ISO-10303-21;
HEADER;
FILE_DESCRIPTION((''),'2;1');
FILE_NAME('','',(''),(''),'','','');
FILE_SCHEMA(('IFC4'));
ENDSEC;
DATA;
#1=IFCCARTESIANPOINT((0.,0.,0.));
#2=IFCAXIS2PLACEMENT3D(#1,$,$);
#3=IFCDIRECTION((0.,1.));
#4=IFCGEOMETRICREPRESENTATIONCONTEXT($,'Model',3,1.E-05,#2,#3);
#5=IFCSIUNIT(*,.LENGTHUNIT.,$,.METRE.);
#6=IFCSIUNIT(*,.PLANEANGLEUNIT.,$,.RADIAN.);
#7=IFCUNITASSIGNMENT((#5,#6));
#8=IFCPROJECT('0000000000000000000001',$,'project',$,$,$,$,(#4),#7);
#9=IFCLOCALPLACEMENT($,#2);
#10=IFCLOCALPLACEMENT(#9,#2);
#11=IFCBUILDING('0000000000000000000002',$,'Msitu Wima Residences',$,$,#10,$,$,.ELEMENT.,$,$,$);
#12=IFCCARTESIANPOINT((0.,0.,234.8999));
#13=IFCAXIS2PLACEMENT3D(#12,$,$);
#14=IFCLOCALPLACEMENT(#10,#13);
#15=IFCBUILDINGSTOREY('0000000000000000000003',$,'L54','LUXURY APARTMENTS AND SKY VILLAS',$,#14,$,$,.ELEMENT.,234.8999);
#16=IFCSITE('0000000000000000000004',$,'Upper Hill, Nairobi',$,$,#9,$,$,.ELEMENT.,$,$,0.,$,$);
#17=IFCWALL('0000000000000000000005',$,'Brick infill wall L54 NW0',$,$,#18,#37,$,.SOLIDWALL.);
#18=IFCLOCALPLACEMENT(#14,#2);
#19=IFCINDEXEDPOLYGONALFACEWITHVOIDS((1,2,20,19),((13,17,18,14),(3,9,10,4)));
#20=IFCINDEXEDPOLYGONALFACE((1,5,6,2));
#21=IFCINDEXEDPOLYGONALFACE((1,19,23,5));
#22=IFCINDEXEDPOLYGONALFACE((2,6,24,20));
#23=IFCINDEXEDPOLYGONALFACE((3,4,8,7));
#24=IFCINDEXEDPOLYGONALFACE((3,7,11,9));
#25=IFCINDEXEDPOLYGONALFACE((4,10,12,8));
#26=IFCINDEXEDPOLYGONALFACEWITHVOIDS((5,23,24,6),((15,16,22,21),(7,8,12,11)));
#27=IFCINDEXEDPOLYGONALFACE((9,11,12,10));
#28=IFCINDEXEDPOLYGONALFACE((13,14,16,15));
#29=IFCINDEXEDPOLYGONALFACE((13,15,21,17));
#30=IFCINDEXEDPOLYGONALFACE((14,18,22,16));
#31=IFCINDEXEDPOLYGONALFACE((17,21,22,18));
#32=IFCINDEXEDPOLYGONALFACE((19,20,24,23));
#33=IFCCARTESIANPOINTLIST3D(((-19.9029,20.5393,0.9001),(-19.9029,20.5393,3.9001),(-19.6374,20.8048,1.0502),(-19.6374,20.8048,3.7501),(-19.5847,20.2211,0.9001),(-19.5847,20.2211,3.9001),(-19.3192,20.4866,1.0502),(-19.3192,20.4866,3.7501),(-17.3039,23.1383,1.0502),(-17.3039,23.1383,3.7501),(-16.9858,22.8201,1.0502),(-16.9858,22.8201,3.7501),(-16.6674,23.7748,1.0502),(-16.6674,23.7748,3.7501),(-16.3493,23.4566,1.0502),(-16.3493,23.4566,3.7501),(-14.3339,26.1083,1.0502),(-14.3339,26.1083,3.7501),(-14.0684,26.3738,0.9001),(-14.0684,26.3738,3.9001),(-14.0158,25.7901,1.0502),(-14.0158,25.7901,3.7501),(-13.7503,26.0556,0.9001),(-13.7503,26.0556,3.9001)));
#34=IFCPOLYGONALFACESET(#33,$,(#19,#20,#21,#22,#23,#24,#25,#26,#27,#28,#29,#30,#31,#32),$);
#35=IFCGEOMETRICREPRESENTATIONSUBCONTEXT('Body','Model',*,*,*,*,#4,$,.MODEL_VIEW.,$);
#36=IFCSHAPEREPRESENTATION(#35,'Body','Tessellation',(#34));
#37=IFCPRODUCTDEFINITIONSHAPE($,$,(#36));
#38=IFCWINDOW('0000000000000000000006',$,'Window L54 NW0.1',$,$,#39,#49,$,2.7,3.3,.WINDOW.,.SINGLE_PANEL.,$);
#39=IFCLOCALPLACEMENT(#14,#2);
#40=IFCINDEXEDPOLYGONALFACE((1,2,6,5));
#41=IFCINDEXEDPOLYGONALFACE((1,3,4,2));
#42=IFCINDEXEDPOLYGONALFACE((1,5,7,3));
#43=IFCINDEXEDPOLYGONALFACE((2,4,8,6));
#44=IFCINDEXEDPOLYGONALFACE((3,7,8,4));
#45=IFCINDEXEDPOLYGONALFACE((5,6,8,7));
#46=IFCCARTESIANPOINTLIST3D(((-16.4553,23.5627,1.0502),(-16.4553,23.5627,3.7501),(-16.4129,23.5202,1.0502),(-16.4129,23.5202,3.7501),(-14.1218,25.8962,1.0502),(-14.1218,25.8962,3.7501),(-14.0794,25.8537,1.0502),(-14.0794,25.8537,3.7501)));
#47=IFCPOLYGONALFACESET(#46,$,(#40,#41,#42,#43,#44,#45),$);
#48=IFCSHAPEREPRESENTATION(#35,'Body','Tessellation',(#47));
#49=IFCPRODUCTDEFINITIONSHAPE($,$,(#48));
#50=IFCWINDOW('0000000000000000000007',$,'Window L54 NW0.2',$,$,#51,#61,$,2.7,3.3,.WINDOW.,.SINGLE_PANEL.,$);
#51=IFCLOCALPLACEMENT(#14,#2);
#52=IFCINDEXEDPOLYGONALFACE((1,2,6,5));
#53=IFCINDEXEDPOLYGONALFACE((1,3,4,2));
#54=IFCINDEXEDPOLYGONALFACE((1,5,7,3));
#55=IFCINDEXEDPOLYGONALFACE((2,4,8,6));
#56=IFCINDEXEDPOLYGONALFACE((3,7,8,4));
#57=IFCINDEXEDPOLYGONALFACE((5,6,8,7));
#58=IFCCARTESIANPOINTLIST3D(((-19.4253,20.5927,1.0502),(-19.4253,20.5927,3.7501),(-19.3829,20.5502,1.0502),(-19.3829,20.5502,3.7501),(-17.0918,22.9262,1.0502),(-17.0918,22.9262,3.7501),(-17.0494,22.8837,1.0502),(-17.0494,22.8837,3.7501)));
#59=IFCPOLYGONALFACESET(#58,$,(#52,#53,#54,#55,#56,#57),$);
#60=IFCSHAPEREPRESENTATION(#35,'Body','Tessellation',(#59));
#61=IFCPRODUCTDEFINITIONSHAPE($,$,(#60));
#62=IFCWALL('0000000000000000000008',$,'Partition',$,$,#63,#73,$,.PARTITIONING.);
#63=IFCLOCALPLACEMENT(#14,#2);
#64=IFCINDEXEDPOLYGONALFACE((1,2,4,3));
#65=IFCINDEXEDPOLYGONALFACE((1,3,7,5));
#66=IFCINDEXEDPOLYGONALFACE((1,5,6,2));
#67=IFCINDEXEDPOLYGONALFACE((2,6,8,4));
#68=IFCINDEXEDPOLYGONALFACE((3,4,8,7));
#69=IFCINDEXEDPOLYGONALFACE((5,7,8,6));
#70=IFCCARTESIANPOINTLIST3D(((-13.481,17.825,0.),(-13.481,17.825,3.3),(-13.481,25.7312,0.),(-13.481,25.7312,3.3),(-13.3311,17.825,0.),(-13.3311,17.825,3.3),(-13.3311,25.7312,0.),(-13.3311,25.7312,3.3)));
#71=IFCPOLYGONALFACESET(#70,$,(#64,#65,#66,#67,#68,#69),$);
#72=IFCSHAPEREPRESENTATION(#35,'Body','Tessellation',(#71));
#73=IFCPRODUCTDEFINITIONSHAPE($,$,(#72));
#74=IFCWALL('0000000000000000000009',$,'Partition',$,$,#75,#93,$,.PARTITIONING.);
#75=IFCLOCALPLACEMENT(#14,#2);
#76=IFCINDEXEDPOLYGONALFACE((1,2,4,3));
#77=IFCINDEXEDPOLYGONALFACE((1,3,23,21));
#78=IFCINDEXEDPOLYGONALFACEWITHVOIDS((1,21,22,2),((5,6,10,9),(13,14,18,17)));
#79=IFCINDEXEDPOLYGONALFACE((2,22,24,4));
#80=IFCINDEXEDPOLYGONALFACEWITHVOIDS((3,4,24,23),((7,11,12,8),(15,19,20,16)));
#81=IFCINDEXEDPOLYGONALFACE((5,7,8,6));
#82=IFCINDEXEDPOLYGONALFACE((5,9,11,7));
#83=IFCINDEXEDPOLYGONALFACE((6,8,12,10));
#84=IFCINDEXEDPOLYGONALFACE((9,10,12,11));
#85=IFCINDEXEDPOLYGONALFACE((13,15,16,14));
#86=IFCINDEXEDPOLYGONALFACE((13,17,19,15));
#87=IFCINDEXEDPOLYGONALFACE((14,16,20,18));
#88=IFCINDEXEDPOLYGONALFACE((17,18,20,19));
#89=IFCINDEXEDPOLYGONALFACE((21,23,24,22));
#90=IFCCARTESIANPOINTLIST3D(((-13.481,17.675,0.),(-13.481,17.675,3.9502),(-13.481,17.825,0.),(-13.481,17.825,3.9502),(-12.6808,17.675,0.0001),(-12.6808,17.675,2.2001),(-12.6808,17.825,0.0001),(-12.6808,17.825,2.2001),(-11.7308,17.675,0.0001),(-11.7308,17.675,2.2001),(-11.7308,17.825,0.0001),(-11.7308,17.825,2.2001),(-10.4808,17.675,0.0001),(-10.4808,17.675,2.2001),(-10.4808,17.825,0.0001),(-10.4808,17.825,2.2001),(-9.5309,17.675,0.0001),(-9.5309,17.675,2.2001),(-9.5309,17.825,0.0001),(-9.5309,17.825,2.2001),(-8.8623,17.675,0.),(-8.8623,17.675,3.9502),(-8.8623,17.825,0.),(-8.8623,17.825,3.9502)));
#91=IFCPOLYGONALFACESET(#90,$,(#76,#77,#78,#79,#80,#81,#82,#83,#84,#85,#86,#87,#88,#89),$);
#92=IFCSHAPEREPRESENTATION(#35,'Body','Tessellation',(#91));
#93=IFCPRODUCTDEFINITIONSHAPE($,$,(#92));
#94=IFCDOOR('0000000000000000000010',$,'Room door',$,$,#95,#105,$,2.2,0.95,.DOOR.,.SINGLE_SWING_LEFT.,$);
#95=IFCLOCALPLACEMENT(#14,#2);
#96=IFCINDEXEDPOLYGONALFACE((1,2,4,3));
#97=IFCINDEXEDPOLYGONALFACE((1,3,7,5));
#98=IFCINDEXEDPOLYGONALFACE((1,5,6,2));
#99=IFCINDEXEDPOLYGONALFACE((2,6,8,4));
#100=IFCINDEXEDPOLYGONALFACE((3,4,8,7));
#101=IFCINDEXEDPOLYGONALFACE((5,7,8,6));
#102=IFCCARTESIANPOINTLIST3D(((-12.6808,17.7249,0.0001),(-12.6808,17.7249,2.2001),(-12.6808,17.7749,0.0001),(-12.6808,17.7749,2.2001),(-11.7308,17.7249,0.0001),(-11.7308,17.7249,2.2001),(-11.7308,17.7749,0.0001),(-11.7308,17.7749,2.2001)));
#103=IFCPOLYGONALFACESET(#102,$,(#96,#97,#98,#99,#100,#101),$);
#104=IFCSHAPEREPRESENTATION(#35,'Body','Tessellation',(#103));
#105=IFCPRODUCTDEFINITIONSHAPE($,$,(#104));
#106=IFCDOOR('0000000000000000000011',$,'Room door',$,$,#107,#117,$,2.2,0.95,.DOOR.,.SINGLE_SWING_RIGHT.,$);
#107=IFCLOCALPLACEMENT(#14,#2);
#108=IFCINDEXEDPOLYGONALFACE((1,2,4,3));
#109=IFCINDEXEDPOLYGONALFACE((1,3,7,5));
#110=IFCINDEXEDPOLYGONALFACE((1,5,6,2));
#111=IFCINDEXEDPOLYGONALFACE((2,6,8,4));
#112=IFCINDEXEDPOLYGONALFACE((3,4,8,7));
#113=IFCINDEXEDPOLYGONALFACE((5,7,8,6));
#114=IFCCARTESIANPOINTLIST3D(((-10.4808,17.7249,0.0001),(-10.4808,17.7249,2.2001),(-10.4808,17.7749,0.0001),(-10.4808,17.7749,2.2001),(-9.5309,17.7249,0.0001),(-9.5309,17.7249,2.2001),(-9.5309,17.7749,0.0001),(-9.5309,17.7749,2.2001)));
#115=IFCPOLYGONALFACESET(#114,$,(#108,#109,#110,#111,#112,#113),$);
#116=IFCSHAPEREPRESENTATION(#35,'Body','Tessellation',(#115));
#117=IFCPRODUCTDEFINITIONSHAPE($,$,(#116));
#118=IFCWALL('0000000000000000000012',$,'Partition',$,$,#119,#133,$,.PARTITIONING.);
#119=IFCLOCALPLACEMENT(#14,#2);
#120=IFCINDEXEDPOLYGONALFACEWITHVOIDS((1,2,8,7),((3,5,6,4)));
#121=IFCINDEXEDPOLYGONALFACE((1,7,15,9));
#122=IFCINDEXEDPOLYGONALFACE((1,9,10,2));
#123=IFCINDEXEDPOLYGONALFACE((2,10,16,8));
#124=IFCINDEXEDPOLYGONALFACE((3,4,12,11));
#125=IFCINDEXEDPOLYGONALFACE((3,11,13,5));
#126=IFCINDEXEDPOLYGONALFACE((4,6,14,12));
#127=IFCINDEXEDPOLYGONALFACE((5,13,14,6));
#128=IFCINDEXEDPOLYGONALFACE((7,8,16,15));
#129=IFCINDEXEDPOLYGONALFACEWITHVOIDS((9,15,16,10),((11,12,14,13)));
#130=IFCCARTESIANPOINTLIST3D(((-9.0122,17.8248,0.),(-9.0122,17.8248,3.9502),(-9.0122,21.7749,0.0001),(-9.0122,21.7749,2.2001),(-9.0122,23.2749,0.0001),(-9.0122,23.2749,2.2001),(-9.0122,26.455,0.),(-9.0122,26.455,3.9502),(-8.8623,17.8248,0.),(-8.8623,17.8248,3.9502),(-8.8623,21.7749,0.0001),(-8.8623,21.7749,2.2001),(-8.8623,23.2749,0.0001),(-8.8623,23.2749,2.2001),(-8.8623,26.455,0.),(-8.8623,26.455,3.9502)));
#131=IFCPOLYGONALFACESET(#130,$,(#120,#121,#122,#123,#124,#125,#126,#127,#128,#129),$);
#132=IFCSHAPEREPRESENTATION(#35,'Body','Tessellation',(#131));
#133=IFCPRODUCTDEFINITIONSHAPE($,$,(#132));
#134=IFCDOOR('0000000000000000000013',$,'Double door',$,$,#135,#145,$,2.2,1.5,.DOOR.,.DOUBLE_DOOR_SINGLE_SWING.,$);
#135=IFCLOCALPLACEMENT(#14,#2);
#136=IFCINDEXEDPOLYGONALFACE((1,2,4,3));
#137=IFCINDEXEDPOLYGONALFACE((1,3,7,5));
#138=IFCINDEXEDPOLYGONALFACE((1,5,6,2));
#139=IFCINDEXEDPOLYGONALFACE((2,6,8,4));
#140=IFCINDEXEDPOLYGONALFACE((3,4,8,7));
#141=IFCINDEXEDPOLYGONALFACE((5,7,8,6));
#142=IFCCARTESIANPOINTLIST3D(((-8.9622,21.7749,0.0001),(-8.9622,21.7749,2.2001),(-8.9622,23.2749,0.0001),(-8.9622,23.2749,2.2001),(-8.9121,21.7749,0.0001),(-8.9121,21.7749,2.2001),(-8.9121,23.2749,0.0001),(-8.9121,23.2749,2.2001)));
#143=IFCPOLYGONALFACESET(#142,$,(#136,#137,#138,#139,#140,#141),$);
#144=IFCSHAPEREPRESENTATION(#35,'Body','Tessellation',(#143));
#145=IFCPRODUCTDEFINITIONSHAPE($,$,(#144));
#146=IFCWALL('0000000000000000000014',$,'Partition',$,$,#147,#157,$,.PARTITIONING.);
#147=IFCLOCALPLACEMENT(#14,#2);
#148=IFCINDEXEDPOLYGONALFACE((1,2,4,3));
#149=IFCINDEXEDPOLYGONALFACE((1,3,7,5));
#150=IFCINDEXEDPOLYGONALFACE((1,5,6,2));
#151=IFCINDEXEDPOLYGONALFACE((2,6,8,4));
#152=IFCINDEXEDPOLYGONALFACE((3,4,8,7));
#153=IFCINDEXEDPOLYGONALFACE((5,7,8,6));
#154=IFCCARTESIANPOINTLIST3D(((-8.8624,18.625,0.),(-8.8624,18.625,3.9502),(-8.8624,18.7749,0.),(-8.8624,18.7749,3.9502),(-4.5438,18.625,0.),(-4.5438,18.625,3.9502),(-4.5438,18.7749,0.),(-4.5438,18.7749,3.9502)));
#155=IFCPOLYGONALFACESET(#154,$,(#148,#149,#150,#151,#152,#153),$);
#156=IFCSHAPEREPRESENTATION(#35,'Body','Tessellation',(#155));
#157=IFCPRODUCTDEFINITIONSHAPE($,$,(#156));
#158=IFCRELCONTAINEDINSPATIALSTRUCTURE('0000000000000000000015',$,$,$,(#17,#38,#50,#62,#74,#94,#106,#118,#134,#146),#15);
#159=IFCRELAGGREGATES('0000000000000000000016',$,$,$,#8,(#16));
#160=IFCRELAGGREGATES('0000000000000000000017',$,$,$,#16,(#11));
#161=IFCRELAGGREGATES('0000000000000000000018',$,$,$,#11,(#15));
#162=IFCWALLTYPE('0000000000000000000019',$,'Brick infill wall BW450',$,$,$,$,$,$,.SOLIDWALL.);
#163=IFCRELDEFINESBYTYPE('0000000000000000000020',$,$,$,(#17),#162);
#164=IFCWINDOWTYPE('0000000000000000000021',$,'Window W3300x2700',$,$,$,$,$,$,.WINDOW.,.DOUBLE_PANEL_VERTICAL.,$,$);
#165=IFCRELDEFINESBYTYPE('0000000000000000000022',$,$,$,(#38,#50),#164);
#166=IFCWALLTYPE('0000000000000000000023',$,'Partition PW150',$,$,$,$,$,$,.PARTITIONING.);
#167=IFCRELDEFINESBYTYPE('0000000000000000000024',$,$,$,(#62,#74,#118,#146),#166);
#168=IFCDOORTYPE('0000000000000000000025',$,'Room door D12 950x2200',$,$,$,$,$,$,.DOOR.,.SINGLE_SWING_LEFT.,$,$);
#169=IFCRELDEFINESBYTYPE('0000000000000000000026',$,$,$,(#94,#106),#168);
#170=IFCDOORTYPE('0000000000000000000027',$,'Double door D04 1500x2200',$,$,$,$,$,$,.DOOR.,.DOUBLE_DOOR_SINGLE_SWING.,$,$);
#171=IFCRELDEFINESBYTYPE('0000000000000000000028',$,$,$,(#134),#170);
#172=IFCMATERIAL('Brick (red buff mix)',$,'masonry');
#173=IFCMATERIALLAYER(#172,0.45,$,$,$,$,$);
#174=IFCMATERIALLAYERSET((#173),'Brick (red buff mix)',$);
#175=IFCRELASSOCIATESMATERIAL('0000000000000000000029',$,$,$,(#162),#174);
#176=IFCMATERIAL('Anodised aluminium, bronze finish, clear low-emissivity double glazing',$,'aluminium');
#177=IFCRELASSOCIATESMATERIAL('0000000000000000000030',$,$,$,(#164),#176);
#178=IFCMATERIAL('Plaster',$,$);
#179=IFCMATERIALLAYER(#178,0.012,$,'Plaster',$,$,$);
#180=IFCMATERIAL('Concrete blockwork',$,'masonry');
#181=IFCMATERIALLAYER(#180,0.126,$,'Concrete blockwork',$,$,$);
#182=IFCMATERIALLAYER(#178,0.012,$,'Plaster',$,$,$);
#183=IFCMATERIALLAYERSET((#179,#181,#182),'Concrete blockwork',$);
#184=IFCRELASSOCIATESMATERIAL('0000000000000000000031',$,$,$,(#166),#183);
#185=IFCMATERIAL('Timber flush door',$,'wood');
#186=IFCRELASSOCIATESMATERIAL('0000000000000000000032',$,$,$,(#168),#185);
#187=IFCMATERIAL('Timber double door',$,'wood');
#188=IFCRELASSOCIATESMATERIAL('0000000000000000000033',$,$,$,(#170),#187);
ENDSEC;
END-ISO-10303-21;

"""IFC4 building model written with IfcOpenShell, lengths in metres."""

from ifc_helpers import new_model, si_unit, direction, frame, frame_2d, origin, place, context, subcontext, project, spatial, rectangle, extrude, material, layer, layer_set, type_object, element, fill, save


model = new_model("IFC4")

# Units and contexts
model_context = context("Model", 3, precision=1e-05, world=origin(), true_north=direction((0.0, 1.0)))
body_context = subcontext(model_context, "Body", "Model", "MODEL_VIEW")
ifc_project = project(units=[si_unit("LENGTHUNIT", "METRE"), si_unit("PLANEANGLEUNIT", "RADIAN")], contexts=[model_context])

# Site, building, storey
site_placement = place(None, origin())
site = spatial("IfcSite", under=ifc_project, at=site_placement, Name="Upper Hill, Nairobi", CompositionType="ELEMENT", RefElevation=0.0)
building_placement = place(site_placement, origin())
building = spatial("IfcBuilding", under=site, at=building_placement, Name="Msitu Wima Residences", CompositionType="ELEMENT")
storey_placement = place(building_placement, frame((0.0, 0.0, 234.8999)))
storey = spatial("IfcBuildingStorey", under=building, at=storey_placement, Name="L54", Description="LUXURY APARTMENTS AND SKY VILLAS", CompositionType="ELEMENT", Elevation=234.8999)

# Wall, openings, windows
ifc_material_1 = material(Name="Brick (red buff mix)", Category="masonry")
ifc_layer_1 = layer(ifc_material_1, 0.45)
ifc_layer_set_1 = layer_set([ifc_layer_1], Name="Brick (red buff mix)")
wall_type_1 = type_object("IfcWallType", Name="Brick infill wall BW450", PredefinedType="SOLIDWALL", material=ifc_layer_set_1)
ifc_material_2 = material(Name="Anodised aluminium, bronze finish, clear low-emissivity double glazing", Category="aluminium")
window_type = type_object("IfcWindowType", Name="Window W3300x2700", PartitioningType="DOUBLE_PANEL_VERTICAL", PredefinedType="WINDOW", material=ifc_material_2)
wall_1_placement = place(storey_placement, frame((-13.9094, 26.2146, 0.9001), z_axis=(0.0, 0.0, 1.0), x_axis=(-0.707107, -0.707107, 0.0)))
wall_1 = element("IfcWall", 1, at=wall_1_placement, inside=storey, type_object=wall_type_1, Name="Brick infill wall L54 NW0", PredefinedType="SOLIDWALL", context=body_context, shape_type="SweptSolid", body=[
    extrude(rectangle(XDim=8.2512, YDim=0.45, at=frame_2d((4.1255, 0.0))), origin(), (0.0, 0.0, 1.0), 3.0),
])
opening_1_placement = place(wall_1_placement, frame((0.3755, 0.0, 0.1499)))
opening_1 = element("IfcOpeningElement", 2, at=opening_1_placement, cuts=wall_1, PredefinedType="OPENING", context=body_context, shape_type="SweptSolid", body=[
    extrude(rectangle(XDim=3.3, YDim=2.7, at=frame_2d((1.6499, 1.3501))), frame((0.0, 0.2349, 0.0), z_axis=(0.0, -1.0, 0.0), x_axis=(1.0, 0.0, 0.0)), (0.0, 0.0, 1.0), 0.47),
])
opening_2_placement = place(wall_1_placement, frame((4.5757, 0.0, 0.1499)))
opening_2 = element("IfcOpeningElement", 3, at=opening_2_placement, cuts=wall_1, PredefinedType="OPENING", context=body_context, shape_type="SweptSolid", body=[
    extrude(rectangle(XDim=3.3, YDim=2.7, at=frame_2d((1.6499, 1.3501))), frame((0.0, 0.2349, 0.0), z_axis=(0.0, -1.0, 0.0), x_axis=(1.0, 0.0, 0.0)), (0.0, 0.0, 1.0), 0.47),
])
window_1_placement = place(opening_1_placement, origin())
window_1 = element("IfcWindow", 4, at=window_1_placement, inside=storey, type_object=window_type, Name="Window L54 NW0.1", OverallHeight=2.7, OverallWidth=3.3, PartitioningType="SINGLE_PANEL", PredefinedType="WINDOW", context=body_context, shape_type="SweptSolid", body=[
    extrude(rectangle(XDim=3.3, YDim=2.7, at=frame_2d((1.6499, 1.3501))), frame((0.0, 0.135, 0.0), z_axis=(0.0, -1.0, 0.0), x_axis=(1.0, 0.0, 0.0)), (0.0, 0.0, 1.0), 0.0601),
])
fill(opening_1, window_1)
window_2_placement = place(opening_2_placement, origin())
window_2 = element("IfcWindow", 5, at=window_2_placement, inside=storey, type_object=window_type, Name="Window L54 NW0.2", OverallHeight=2.7, OverallWidth=3.3, PartitioningType="SINGLE_PANEL", PredefinedType="WINDOW", context=body_context, shape_type="SweptSolid", body=[
    extrude(rectangle(XDim=3.3, YDim=2.7, at=frame_2d((1.6499, 1.3501))), frame((0.0, 0.135, 0.0), z_axis=(0.0, -1.0, 0.0), x_axis=(1.0, 0.0, 0.0)), (0.0, 0.0, 1.0), 0.0601),
])
fill(opening_2, window_2)

# Shared definitions
ifc_material_3 = material(Name="Plaster")
ifc_material_4 = material(Name="Concrete blockwork", Category="masonry")

# Wall
ifc_layer_2 = layer(ifc_material_3, 0.012, Name="Plaster")
ifc_layer_3 = layer(ifc_material_4, 0.126, Name="Concrete blockwork")
ifc_layer_4 = layer(ifc_material_3, 0.012, Name="Plaster")
ifc_layer_set_2 = layer_set([ifc_layer_2, ifc_layer_3, ifc_layer_4], Name="Concrete blockwork")
wall_type_2 = type_object("IfcWallType", Name="Partition PW150", PredefinedType="PARTITIONING", material=ifc_layer_set_2)
wall_2_placement = place(storey_placement, frame((-13.406, 17.825, 0.0), z_axis=(0.0, 0.0, 1.0), x_axis=(0.0, 1.0, 0.0)))
element("IfcWall", 6, at=wall_2_placement, inside=storey, type_object=wall_type_2, Name="Partition", PredefinedType="PARTITIONING", context=body_context, shape_type="SweptSolid", body=[
    extrude(rectangle(XDim=7.9062, YDim=0.1499, at=frame_2d((3.9531, 0.0))), origin(), (0.0, 0.0, 1.0), 3.3),
])

# Wall, openings, doors
wall_3_placement = place(storey_placement, frame((-13.481, 17.75, 0.0), z_axis=(0.0, 0.0, 1.0), x_axis=(1.0, 0.0, 0.0)))
wall_3 = element("IfcWall", 7, at=wall_3_placement, inside=storey, type_object=wall_type_2, Name="Partition", PredefinedType="PARTITIONING", context=body_context, shape_type="SweptSolid", body=[
    extrude(rectangle(XDim=4.6187, YDim=0.1499, at=frame_2d((2.3093, 0.0))), origin(), (0.0, 0.0, 1.0), 3.9502),
])
opening_3_placement = place(wall_3_placement, frame((0.8, 0.0, 0.0)))
opening_3 = element("IfcOpeningElement", 8, at=opening_3_placement, cuts=wall_3, PredefinedType="OPENING", context=body_context, shape_type="SweptSolid", body=[
    extrude(rectangle(XDim=0.95, YDim=2.2, at=frame_2d((0.4751, 1.1001))), frame((0.0, 0.085, 0.0), z_axis=(0.0, -1.0, 0.0), x_axis=(1.0, 0.0, 0.0)), (0.0, 0.0, 1.0), 0.1699),
])
opening_4_placement = place(wall_3_placement, frame((3.0, 0.0, 0.0)))
opening_4 = element("IfcOpeningElement", 9, at=opening_4_placement, cuts=wall_3, PredefinedType="OPENING", context=body_context, shape_type="SweptSolid", body=[
    extrude(rectangle(XDim=0.95, YDim=2.2, at=frame_2d((0.4751, 1.1001))), frame((0.0, 0.085, 0.0), z_axis=(0.0, -1.0, 0.0), x_axis=(1.0, 0.0, 0.0)), (0.0, 0.0, 1.0), 0.1699),
])
ifc_material_5 = material(Name="Timber flush door", Category="wood")
door_type_1 = type_object("IfcDoorType", Name="Room door D12 950x2200", OperationType="SINGLE_SWING_LEFT", PredefinedType="DOOR", material=ifc_material_5)
door_1_placement = place(opening_3_placement, origin())
door_1 = element("IfcDoor", 10, at=door_1_placement, inside=storey, type_object=door_type_1, Name="Room door", OperationType="SINGLE_SWING_LEFT", OverallHeight=2.2, OverallWidth=0.95, PredefinedType="DOOR", context=body_context, shape_type="SweptSolid", body=[
    extrude(rectangle(XDim=0.95, YDim=2.2, at=frame_2d((0.4751, 1.1001))), frame((0.0, 0.0249, 0.0), z_axis=(0.0, -1.0, 0.0), x_axis=(1.0, 0.0, 0.0)), (0.0, 0.0, 1.0), 0.05),
])
fill(opening_3, door_1)
door_2_placement = place(opening_4_placement, origin())
door_2 = element("IfcDoor", 11, at=door_2_placement, inside=storey, type_object=door_type_1, Name="Room door", OperationType="SINGLE_SWING_RIGHT", OverallHeight=2.2, OverallWidth=0.95, PredefinedType="DOOR", context=body_context, shape_type="SweptSolid", body=[
    extrude(rectangle(XDim=0.95, YDim=2.2, at=frame_2d((0.4751, 1.1001))), frame((0.0, 0.0249, 0.0), z_axis=(0.0, -1.0, 0.0), x_axis=(1.0, 0.0, 0.0)), (0.0, 0.0, 1.0), 0.05),
])
fill(opening_4, door_2)

# Wall, opening, door
wall_4_placement = place(storey_placement, frame((-8.9373, 17.825, 0.0), z_axis=(0.0, 0.0, 1.0), x_axis=(0.0, 1.0, 0.0)))
wall_4 = element("IfcWall", 12, at=wall_4_placement, inside=storey, type_object=wall_type_2, Name="Partition", PredefinedType="PARTITIONING", context=body_context, shape_type="SweptSolid", body=[
    extrude(rectangle(XDim=8.6301, YDim=0.1499, at=frame_2d((4.3149, 0.0))), origin(), (0.0, 0.0, 1.0), 3.9502),
])
opening_5_placement = place(wall_4_placement, frame((3.95, 0.0, 0.0)))
opening_5 = element("IfcOpeningElement", 13, at=opening_5_placement, cuts=wall_4, PredefinedType="OPENING", context=body_context, shape_type="SweptSolid", body=[
    extrude(rectangle(XDim=1.5, YDim=2.2, at=frame_2d((0.75, 1.1001))), frame((0.0, 0.085, 0.0), z_axis=(0.0, -1.0, 0.0), x_axis=(1.0, 0.0, 0.0)), (0.0, 0.0, 1.0), 0.1699),
])
ifc_material_6 = material(Name="Timber double door", Category="wood")
door_type_2 = type_object("IfcDoorType", Name="Double door D04 1500x2200", OperationType="DOUBLE_DOOR_SINGLE_SWING", PredefinedType="DOOR", material=ifc_material_6)
door_3_placement = place(opening_5_placement, origin())
door_3 = element("IfcDoor", 14, at=door_3_placement, inside=storey, type_object=door_type_2, Name="Double door", OperationType="DOUBLE_DOOR_SINGLE_SWING", OverallHeight=2.2, OverallWidth=1.5, PredefinedType="DOOR", context=body_context, shape_type="SweptSolid", body=[
    extrude(rectangle(XDim=1.5, YDim=2.2, at=frame_2d((0.75, 1.1001))), frame((0.0, 0.0249, 0.0), z_axis=(0.0, -1.0, 0.0), x_axis=(1.0, 0.0, 0.0)), (0.0, 0.0, 1.0), 0.05),
])
fill(opening_5, door_3)

# Wall
wall_5_placement = place(storey_placement, frame((-8.8623, 18.7, 0.0), z_axis=(0.0, 0.0, 1.0), x_axis=(1.0, 0.0, 0.0)))
element("IfcWall", 15, at=wall_5_placement, inside=storey, type_object=wall_type_2, Name="Partition", PredefinedType="PARTITIONING", context=body_context, shape_type="SweptSolid", body=[
    extrude(rectangle(XDim=4.3186, YDim=0.1499, at=frame_2d((2.1592, 0.0))), origin(), (0.0, 0.0, 1.0), 3.9502),
])

save(model, "model.ifc")
